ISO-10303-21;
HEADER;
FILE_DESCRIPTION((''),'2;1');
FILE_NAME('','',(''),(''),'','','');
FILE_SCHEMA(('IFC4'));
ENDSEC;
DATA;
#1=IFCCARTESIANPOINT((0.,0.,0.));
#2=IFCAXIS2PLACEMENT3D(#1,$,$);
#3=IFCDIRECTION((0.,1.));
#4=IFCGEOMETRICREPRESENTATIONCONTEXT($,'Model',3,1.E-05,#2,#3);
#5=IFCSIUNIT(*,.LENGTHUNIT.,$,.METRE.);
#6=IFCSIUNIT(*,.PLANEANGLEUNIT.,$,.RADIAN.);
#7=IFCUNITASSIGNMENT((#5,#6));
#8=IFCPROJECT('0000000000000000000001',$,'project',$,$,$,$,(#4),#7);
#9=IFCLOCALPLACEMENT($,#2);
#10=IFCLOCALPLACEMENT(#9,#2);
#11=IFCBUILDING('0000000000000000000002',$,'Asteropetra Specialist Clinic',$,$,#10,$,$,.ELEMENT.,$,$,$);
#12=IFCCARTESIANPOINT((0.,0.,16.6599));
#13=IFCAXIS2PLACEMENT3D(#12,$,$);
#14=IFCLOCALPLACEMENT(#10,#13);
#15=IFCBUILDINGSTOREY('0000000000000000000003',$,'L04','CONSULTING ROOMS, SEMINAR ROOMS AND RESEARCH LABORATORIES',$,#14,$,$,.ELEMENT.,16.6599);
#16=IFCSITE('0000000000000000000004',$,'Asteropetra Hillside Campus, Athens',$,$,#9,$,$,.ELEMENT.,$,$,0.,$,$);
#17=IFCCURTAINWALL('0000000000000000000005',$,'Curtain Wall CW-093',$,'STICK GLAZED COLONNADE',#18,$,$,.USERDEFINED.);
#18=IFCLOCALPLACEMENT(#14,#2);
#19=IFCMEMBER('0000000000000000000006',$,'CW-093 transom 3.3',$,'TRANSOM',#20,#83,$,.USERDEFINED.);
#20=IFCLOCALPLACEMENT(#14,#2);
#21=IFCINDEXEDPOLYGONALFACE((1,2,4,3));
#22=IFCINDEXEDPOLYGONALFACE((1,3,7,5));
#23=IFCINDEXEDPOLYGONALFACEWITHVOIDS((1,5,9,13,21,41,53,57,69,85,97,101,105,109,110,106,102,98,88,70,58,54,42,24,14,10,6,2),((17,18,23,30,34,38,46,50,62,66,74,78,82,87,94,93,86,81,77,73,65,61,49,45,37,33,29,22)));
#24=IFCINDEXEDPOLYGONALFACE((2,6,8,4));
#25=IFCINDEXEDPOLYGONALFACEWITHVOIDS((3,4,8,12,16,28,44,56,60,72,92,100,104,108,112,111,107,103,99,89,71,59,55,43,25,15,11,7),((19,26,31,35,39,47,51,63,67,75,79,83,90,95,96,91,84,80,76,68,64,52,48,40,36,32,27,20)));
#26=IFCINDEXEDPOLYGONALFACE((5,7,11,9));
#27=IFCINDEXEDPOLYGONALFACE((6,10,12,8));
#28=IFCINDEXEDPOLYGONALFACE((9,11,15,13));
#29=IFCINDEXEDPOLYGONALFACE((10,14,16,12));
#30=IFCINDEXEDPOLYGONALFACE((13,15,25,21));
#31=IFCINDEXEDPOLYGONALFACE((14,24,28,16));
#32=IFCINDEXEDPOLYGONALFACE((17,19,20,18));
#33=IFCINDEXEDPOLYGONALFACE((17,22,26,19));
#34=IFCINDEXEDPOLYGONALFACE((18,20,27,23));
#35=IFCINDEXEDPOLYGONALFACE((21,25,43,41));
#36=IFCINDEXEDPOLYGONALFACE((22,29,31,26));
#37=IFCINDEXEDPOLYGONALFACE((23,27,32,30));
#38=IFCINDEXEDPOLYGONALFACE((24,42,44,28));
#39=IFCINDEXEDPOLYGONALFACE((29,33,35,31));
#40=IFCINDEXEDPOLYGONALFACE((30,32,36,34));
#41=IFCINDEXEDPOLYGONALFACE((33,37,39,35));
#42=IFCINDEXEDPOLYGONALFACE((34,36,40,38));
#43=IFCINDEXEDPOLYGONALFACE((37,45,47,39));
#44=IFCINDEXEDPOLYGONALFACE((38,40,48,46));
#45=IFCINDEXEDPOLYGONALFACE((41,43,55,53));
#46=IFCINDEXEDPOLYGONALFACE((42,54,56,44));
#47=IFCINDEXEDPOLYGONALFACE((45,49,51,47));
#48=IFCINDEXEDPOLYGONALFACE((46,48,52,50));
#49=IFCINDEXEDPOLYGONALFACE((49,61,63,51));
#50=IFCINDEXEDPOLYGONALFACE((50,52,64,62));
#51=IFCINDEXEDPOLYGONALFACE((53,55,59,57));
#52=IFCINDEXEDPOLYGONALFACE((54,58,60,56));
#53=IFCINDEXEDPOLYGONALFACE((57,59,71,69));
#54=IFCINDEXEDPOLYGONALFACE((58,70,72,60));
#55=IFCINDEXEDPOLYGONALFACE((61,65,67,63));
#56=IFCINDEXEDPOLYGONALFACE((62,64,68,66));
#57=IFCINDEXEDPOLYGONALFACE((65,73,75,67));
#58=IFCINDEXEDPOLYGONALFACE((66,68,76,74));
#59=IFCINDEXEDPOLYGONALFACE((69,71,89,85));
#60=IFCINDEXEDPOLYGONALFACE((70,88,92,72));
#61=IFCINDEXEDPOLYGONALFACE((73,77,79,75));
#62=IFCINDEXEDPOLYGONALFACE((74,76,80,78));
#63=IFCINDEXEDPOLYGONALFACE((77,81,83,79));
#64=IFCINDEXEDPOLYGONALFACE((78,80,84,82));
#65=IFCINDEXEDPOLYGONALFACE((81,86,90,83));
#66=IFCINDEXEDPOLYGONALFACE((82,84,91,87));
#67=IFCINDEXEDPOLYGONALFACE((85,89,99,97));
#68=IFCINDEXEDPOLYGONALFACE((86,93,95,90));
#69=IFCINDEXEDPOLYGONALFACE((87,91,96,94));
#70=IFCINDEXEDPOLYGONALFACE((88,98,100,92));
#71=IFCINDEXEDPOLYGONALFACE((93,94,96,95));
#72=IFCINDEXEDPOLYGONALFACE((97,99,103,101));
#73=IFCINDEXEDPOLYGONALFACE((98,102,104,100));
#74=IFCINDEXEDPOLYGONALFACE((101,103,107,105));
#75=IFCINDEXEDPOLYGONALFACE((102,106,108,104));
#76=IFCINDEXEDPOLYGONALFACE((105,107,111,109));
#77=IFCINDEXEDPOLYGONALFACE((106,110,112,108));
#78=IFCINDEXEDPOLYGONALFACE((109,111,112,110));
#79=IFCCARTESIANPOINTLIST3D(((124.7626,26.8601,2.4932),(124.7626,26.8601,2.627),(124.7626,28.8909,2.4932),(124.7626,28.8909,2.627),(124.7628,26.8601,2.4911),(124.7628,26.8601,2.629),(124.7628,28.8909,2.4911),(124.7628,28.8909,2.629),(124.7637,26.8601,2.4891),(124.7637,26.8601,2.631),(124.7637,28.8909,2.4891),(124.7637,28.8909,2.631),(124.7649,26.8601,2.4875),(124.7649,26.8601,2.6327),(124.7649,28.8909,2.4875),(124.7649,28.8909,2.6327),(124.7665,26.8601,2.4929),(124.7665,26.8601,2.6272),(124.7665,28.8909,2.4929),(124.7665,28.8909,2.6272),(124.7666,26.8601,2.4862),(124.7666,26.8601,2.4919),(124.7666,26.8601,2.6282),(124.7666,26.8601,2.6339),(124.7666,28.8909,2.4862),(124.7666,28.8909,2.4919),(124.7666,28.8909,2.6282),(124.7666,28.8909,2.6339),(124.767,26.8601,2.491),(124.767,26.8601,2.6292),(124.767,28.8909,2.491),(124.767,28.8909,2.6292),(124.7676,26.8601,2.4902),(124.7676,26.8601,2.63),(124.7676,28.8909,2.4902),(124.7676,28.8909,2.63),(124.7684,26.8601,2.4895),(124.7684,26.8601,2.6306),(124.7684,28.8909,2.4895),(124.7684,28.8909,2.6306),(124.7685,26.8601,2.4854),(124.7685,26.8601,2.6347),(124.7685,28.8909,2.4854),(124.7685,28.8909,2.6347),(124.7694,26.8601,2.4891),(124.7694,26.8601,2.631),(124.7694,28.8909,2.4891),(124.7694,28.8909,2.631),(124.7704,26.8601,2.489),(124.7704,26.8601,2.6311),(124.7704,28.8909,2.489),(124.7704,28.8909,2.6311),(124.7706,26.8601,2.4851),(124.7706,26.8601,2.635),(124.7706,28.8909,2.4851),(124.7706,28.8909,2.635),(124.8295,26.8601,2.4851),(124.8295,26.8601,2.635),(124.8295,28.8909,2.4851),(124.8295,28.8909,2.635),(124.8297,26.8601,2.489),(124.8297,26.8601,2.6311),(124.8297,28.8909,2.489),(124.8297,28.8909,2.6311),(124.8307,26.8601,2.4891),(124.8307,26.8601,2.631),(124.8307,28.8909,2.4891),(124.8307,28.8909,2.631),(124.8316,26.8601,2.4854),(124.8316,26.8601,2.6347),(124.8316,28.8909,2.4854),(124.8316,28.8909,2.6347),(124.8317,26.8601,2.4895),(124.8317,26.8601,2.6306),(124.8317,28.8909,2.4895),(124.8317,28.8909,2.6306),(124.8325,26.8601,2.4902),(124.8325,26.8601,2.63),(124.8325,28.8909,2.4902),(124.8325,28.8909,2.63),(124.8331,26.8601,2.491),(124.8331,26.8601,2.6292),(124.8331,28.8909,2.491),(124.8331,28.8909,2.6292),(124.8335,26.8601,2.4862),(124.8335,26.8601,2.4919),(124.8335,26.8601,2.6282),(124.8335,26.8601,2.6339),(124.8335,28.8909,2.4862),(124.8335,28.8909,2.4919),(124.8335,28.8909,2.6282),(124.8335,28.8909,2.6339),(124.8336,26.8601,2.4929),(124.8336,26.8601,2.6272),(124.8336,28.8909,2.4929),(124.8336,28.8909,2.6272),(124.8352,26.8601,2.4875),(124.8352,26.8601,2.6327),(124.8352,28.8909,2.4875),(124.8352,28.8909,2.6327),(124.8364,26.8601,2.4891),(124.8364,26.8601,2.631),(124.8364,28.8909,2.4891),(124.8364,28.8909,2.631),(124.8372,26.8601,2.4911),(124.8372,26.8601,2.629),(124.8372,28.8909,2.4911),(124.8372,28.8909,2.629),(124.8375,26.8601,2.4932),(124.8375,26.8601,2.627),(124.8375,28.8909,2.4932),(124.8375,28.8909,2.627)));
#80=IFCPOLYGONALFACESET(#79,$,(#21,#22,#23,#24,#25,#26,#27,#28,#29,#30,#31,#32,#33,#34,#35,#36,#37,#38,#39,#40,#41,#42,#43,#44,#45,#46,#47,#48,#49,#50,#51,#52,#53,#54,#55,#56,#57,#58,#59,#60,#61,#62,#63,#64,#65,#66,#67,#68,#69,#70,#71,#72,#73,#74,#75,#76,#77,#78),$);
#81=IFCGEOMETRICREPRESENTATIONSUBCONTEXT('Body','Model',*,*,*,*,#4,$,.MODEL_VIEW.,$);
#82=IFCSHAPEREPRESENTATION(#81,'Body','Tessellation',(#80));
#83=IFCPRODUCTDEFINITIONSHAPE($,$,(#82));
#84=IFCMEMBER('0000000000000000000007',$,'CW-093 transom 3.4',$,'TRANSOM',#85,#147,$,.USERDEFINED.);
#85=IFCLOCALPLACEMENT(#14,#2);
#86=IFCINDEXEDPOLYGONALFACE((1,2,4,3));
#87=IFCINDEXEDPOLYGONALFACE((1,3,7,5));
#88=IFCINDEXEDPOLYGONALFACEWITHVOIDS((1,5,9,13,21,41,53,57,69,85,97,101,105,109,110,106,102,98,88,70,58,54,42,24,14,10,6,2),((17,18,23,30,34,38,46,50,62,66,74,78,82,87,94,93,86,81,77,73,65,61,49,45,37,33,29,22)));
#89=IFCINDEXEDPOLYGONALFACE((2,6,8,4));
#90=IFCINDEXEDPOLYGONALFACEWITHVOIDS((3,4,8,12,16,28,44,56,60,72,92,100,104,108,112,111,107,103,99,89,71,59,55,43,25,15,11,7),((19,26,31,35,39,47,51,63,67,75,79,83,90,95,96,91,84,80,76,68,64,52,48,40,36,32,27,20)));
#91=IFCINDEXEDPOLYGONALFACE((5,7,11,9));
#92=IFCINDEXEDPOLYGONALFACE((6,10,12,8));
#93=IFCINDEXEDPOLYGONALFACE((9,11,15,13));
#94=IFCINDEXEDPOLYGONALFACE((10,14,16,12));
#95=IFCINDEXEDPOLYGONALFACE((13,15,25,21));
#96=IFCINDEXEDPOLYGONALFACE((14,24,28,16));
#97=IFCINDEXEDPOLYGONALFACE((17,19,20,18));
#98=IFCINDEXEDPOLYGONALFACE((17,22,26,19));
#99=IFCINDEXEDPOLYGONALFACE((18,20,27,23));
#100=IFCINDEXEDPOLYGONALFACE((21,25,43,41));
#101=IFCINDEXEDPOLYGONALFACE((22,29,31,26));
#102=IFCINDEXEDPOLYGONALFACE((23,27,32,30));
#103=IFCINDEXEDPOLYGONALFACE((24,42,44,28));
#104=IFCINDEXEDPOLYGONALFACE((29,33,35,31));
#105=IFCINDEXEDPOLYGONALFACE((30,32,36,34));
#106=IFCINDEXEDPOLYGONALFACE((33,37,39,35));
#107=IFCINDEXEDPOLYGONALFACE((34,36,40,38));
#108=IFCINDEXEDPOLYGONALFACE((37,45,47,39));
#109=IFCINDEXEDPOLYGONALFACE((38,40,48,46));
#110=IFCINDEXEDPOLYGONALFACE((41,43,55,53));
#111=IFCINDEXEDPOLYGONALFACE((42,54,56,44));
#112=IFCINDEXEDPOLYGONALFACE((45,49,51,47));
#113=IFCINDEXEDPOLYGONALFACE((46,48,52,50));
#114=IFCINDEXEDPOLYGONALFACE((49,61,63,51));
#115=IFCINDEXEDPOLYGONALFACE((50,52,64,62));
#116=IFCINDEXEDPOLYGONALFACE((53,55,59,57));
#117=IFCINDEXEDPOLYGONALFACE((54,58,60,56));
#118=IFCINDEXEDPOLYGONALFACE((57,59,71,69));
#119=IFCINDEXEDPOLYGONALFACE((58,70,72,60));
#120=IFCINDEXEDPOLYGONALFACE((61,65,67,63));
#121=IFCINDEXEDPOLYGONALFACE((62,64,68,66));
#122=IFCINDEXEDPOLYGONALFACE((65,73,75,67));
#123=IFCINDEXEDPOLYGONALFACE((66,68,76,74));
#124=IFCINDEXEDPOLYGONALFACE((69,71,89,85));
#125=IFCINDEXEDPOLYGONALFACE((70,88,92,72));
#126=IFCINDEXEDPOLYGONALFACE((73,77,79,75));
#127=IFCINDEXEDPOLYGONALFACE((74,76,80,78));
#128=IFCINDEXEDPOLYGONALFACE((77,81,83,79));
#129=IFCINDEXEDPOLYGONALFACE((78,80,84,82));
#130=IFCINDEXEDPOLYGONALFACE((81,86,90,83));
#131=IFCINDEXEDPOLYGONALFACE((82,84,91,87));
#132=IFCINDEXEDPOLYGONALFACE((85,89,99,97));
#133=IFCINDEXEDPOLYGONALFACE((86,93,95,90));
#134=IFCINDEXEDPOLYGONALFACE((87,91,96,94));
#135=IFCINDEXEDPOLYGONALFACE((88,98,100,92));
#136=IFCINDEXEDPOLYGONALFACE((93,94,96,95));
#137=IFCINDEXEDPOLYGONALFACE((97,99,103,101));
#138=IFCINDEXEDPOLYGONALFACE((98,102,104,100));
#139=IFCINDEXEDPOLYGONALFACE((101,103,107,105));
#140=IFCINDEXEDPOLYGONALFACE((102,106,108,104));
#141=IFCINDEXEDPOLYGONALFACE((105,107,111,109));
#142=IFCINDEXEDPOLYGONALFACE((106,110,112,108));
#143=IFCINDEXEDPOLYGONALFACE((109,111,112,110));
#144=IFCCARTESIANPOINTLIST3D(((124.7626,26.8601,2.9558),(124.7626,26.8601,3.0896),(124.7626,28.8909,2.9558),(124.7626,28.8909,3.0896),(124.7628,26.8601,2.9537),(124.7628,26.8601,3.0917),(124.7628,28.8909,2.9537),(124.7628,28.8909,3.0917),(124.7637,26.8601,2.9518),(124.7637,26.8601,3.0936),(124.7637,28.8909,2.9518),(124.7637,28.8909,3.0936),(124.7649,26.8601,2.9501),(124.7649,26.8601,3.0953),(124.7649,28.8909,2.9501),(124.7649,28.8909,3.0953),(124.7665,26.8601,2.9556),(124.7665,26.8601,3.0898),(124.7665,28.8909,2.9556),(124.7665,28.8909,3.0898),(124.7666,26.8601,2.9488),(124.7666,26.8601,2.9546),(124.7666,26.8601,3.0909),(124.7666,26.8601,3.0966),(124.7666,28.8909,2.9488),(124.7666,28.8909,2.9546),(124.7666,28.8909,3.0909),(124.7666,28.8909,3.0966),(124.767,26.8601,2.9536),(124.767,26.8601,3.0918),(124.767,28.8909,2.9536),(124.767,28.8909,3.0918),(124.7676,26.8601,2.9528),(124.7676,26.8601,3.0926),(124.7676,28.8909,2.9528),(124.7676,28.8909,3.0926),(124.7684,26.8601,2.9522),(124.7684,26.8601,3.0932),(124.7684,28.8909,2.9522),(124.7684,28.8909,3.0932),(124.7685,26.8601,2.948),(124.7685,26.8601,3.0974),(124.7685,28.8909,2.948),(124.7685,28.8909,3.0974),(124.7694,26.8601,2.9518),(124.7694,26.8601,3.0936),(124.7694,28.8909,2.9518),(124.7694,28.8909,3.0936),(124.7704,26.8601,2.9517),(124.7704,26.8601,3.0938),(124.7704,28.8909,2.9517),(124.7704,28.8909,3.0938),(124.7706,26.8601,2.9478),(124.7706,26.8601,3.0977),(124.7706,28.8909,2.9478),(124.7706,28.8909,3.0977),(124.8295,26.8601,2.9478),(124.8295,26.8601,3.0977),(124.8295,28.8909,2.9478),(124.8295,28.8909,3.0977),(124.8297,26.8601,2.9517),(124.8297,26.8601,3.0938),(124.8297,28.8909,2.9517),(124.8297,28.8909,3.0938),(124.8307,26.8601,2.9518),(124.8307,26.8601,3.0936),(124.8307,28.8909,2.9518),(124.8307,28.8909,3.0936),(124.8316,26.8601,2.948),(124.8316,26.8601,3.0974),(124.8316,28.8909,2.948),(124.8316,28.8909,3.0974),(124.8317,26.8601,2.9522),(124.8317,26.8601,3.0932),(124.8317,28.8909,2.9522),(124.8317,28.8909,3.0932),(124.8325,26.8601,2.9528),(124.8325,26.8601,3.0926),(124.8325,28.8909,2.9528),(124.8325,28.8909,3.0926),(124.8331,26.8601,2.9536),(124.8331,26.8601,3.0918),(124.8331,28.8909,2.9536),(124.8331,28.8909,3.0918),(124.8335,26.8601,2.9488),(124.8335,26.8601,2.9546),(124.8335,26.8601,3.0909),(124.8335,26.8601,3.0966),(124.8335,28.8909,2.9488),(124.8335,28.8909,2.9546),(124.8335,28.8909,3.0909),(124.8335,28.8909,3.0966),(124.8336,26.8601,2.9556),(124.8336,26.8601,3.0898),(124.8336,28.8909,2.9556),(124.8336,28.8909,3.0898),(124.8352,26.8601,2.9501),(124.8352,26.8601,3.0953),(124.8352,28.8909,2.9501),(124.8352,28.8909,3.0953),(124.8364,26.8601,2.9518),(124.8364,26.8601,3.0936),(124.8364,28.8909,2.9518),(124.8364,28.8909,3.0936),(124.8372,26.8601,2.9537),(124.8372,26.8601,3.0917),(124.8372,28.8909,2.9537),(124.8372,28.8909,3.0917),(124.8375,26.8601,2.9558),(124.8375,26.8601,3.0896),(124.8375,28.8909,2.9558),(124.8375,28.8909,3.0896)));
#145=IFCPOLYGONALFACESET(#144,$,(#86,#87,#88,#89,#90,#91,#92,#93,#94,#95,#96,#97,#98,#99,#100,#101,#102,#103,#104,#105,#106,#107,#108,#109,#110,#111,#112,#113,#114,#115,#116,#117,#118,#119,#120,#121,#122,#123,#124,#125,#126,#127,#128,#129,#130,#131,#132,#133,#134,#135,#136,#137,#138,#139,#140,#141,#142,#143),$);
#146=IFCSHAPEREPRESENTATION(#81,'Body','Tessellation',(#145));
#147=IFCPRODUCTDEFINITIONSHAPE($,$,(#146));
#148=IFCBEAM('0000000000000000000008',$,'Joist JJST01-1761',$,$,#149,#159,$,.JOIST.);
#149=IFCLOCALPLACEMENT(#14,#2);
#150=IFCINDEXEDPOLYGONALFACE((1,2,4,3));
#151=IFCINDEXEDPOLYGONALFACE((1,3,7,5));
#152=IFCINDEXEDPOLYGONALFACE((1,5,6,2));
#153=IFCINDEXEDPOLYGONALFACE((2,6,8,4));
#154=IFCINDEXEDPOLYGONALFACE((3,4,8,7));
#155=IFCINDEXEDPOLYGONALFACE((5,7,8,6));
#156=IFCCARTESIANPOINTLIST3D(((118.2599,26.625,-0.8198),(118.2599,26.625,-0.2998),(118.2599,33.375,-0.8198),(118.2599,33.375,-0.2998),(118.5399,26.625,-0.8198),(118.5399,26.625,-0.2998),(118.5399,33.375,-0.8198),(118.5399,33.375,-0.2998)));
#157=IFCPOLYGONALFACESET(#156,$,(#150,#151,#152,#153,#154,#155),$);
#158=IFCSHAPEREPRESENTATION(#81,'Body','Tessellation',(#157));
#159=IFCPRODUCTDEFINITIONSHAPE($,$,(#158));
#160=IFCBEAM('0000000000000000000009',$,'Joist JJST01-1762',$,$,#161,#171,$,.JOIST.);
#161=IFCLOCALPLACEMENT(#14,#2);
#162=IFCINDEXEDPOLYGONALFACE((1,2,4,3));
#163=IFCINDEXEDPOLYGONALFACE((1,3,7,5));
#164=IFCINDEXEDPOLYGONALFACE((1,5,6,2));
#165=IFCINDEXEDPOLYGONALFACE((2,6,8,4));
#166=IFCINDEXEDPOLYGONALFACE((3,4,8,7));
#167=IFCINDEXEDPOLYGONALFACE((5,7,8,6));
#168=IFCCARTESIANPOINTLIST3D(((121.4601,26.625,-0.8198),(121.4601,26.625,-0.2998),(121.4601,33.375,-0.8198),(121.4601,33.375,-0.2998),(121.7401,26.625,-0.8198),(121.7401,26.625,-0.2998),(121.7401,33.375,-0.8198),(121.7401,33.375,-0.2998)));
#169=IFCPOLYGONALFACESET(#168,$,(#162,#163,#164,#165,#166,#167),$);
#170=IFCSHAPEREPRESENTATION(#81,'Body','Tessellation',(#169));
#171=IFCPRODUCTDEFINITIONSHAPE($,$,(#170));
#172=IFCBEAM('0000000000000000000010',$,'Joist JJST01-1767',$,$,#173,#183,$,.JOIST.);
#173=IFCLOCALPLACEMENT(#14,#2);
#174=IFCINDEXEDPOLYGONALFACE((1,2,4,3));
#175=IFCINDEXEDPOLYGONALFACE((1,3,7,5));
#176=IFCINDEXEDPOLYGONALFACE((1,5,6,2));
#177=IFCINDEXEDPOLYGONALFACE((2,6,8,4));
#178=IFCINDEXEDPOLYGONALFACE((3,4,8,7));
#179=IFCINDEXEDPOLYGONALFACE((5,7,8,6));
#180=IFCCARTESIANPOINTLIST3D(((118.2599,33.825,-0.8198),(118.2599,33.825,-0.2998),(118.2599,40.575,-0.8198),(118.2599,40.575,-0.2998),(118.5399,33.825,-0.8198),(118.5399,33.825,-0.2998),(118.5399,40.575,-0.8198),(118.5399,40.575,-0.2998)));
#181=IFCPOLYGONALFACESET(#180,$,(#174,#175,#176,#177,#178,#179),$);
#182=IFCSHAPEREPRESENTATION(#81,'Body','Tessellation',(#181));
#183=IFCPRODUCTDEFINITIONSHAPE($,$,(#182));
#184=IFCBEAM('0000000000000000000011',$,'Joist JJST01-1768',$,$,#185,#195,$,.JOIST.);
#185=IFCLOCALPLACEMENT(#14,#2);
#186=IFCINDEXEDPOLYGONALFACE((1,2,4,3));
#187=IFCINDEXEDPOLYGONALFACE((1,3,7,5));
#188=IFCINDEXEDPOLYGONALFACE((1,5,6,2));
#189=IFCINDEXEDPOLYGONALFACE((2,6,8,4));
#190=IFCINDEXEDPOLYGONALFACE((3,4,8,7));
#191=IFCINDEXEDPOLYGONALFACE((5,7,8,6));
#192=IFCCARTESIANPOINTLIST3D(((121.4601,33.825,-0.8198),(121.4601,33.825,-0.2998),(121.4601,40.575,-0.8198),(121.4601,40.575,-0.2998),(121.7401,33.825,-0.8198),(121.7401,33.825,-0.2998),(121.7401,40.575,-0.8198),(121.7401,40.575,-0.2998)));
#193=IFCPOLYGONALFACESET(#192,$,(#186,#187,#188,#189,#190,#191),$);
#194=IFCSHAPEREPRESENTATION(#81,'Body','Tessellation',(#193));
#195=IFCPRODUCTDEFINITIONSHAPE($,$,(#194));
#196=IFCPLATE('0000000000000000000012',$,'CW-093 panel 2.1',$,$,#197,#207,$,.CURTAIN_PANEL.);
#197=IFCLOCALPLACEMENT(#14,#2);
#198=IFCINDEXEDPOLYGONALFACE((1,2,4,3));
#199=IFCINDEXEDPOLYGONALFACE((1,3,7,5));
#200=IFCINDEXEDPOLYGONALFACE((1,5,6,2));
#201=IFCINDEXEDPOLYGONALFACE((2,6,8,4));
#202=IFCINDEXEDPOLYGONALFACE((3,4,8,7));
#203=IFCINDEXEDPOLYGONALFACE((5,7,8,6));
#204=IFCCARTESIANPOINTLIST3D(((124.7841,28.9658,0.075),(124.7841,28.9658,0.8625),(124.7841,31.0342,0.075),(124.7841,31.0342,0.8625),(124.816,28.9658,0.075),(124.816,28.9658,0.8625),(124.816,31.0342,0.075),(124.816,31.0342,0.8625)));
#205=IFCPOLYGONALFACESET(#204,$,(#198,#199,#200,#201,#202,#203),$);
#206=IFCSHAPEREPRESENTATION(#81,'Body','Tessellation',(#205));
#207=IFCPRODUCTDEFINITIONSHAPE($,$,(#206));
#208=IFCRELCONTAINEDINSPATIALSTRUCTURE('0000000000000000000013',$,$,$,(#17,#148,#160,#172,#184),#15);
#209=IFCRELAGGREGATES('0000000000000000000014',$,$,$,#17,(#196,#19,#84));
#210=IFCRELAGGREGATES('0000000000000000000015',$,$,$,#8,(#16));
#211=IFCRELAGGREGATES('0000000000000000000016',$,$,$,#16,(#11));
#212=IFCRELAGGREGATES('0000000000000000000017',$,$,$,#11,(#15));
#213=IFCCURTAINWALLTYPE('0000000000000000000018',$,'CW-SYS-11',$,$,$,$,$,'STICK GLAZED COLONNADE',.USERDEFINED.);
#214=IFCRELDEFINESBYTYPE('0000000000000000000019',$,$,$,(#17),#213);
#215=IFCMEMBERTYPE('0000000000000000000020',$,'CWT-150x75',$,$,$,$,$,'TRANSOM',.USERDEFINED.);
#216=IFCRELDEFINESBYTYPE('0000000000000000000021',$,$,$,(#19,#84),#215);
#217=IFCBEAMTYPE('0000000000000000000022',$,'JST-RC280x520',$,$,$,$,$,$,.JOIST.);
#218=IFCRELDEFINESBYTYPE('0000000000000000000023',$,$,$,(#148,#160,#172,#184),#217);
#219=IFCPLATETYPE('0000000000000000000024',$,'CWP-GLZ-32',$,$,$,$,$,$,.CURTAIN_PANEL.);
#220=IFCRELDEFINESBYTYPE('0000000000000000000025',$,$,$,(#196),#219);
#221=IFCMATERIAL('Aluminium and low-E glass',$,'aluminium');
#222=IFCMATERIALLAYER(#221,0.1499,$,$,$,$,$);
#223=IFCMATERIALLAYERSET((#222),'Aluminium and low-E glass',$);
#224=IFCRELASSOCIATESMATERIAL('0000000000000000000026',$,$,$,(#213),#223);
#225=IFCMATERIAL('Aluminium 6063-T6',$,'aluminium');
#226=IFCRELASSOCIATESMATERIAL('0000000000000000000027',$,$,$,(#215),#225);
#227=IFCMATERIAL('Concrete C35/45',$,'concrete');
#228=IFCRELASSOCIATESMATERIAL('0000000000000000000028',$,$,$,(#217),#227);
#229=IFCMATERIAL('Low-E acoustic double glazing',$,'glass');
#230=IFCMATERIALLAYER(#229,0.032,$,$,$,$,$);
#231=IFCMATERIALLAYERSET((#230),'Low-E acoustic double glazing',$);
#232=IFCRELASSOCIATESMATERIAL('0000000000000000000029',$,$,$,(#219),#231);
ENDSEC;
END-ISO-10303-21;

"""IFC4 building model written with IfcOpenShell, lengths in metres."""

from ifc_helpers import new_model, si_unit, direction, frame, origin, origin_2d, place, context, subcontext, project, spatial, rectangle, hollow_rectangle, extrude, material, layer, layer_set, material_profile, profile_set, type_object, element, aggregate, save


model = new_model("IFC4")

# Units and contexts
model_context = context("Model", 3, precision=1e-05, world=origin(), true_north=direction((0.0, 1.0)))
body_context = subcontext(model_context, "Body", "Model", "MODEL_VIEW")
ifc_project = project(units=[si_unit("LENGTHUNIT", "METRE"), si_unit("PLANEANGLEUNIT", "RADIAN")], contexts=[model_context])

# Site, building, storey
site_placement = place(None, origin())
site = spatial("IfcSite", under=ifc_project, at=site_placement, Name="Asteropetra Hillside Campus, Athens", CompositionType="ELEMENT", RefElevation=0.0)
building_placement = place(site_placement, origin())
building = spatial("IfcBuilding", under=site, at=building_placement, Name="Asteropetra Specialist Clinic", CompositionType="ELEMENT")
storey_placement = place(building_placement, frame((0.0, 0.0, 16.6599)))
storey = spatial("IfcBuildingStorey", under=building, at=storey_placement, Name="L04", Description="CONSULTING ROOMS, SEMINAR ROOMS AND RESEARCH LABORATORIES", CompositionType="ELEMENT", Elevation=16.6599)

# Curtain wall
ifc_material_1 = material(Name="Aluminium and low-E glass", Category="aluminium")
ifc_layer_1 = layer(ifc_material_1, 0.1499)
ifc_layer_set_1 = layer_set([ifc_layer_1], Name="Aluminium and low-E glass")
curtain_wall_type_1 = type_object("IfcCurtainWallType", Name="CW-SYS-11", ElementType="STICK GLAZED COLONNADE", PredefinedType="USERDEFINED", material=ifc_layer_set_1)
curtain_wall_1_placement = place(storey_placement, origin())
curtain_wall_1 = element("IfcCurtainWall", 1, at=curtain_wall_1_placement, inside=storey, type_object=curtain_wall_type_1, Name="Curtain Wall CW-093", ObjectType="STICK GLAZED COLONNADE", PredefinedType="USERDEFINED")

# Members
ifc_material_2 = material(Name="Aluminium 6063-T6", Category="aluminium")
ifc_material_profile_1 = material_profile(ifc_material_2, hollow_rectangle(XDim=0.075, YDim=0.1499, WallThickness=0.0039, InnerFilletRadius=0.0039, OuterFilletRadius=0.0081, at=origin_2d()), Name="TRN 150x75x4.0")
ifc_profile_set_1 = profile_set([ifc_material_profile_1], Name="Aluminium 6063-T6")
member_type_1 = type_object("IfcMemberType", Name="CWT-150x75", ElementType="TRANSOM", PredefinedType="USERDEFINED", material=ifc_profile_set_1)
member_1_placement = place(storey_placement, frame((124.8, 28.8909, 2.5601), z_axis=(0.0, -1.0, 0.0), x_axis=(1.0, 0.0, 0.0)))
member_1 = element("IfcMember", 2, at=member_1_placement, type_object=member_type_1, Name="CW-093 transom 3.3", ObjectType="TRANSOM", PredefinedType="USERDEFINED", context=body_context, shape_type="SweptSolid", body=[
    extrude(hollow_rectangle(XDim=0.075, YDim=0.1499, WallThickness=0.0039, InnerFilletRadius=0.0039, OuterFilletRadius=0.0081, at=origin_2d()), origin(), (0.0, 0.0, 1.0), 2.0308),
])
member_2_placement = place(storey_placement, frame((124.8, 28.8909, 3.0227), z_axis=(0.0, -1.0, 0.0), x_axis=(1.0, 0.0, 0.0)))
member_2 = element("IfcMember", 3, at=member_2_placement, type_object=member_type_1, Name="CW-093 transom 3.4", ObjectType="TRANSOM", PredefinedType="USERDEFINED", context=body_context, shape_type="SweptSolid", body=[
    extrude(hollow_rectangle(XDim=0.075, YDim=0.1499, WallThickness=0.0039, InnerFilletRadius=0.0039, OuterFilletRadius=0.0081, at=origin_2d()), origin(), (0.0, 0.0, 1.0), 2.0308),
])

# Beams
ifc_material_3 = material(Name="Concrete C35/45", Category="concrete")
ifc_material_profile_2 = material_profile(ifc_material_3, rectangle(XDim=0.28, YDim=0.52, at=origin_2d()), Name="RCJ 280x520")
ifc_profile_set_2 = profile_set([ifc_material_profile_2], Name="Concrete C35/45")
beam_type = type_object("IfcBeamType", Name="JST-RC280x520", PredefinedType="JOIST", material=ifc_profile_set_2)
for number, where, z_axis, x_axis, name in (
    (4, (118.3999, 26.625, -0.5598), (0.0, 1.0, 0.0), (-1.0, 0.0, 0.0), "Joist JJST01-1761"),
    (5, (121.6001, 26.625, -0.5598), (0.0, 1.0, 0.0), (-1.0, 0.0, 0.0), "Joist JJST01-1762"),
    (6, (118.3999, 33.825, -0.5598), (0.0, 1.0, 0.0), (-1.0, 0.0, 0.0), "Joist JJST01-1767"),
    (7, (121.6001, 33.825, -0.5598), (0.0, 1.0, 0.0), (-1.0, 0.0, 0.0), "Joist JJST01-1768"),
):
    element("IfcBeam", number, at=place(storey_placement, frame(where, z_axis=z_axis, x_axis=x_axis)), inside=storey, type_object=beam_type, Name=name, PredefinedType="JOIST", context=body_context, shape_type="SweptSolid", body=[
        extrude(rectangle(XDim=0.28, YDim=0.52, at=origin_2d()), origin(), (0.0, 0.0, 1.0), 6.75),
    ])

# Plate
ifc_material_4 = material(Name="Low-E acoustic double glazing", Category="glass")
ifc_layer_2 = layer(ifc_material_4, 0.032)
ifc_layer_set_2 = layer_set([ifc_layer_2], Name="Low-E acoustic double glazing")
plate_type_1 = type_object("IfcPlateType", Name="CWP-GLZ-32", PredefinedType="CURTAIN_PANEL", material=ifc_layer_set_2)
plate_1_placement = place(storey_placement, frame((124.8, 30.0, 0.075), z_axis=(0.0, 0.0, 1.0), x_axis=(0.0, -1.0, 0.0)))
plate_1 = element("IfcPlate", 8, at=plate_1_placement, type_object=plate_type_1, Name="CW-093 panel 2.1", PredefinedType="CURTAIN_PANEL", context=body_context, shape_type="SweptSolid", body=[
    extrude(rectangle(XDim=2.0684, YDim=0.032, at=origin_2d()), origin(), (0.0, 0.0, 1.0), 0.7876),
])
aggregate(curtain_wall_1, [plate_1, member_1, member_2])

save(model, "model.ifc")
